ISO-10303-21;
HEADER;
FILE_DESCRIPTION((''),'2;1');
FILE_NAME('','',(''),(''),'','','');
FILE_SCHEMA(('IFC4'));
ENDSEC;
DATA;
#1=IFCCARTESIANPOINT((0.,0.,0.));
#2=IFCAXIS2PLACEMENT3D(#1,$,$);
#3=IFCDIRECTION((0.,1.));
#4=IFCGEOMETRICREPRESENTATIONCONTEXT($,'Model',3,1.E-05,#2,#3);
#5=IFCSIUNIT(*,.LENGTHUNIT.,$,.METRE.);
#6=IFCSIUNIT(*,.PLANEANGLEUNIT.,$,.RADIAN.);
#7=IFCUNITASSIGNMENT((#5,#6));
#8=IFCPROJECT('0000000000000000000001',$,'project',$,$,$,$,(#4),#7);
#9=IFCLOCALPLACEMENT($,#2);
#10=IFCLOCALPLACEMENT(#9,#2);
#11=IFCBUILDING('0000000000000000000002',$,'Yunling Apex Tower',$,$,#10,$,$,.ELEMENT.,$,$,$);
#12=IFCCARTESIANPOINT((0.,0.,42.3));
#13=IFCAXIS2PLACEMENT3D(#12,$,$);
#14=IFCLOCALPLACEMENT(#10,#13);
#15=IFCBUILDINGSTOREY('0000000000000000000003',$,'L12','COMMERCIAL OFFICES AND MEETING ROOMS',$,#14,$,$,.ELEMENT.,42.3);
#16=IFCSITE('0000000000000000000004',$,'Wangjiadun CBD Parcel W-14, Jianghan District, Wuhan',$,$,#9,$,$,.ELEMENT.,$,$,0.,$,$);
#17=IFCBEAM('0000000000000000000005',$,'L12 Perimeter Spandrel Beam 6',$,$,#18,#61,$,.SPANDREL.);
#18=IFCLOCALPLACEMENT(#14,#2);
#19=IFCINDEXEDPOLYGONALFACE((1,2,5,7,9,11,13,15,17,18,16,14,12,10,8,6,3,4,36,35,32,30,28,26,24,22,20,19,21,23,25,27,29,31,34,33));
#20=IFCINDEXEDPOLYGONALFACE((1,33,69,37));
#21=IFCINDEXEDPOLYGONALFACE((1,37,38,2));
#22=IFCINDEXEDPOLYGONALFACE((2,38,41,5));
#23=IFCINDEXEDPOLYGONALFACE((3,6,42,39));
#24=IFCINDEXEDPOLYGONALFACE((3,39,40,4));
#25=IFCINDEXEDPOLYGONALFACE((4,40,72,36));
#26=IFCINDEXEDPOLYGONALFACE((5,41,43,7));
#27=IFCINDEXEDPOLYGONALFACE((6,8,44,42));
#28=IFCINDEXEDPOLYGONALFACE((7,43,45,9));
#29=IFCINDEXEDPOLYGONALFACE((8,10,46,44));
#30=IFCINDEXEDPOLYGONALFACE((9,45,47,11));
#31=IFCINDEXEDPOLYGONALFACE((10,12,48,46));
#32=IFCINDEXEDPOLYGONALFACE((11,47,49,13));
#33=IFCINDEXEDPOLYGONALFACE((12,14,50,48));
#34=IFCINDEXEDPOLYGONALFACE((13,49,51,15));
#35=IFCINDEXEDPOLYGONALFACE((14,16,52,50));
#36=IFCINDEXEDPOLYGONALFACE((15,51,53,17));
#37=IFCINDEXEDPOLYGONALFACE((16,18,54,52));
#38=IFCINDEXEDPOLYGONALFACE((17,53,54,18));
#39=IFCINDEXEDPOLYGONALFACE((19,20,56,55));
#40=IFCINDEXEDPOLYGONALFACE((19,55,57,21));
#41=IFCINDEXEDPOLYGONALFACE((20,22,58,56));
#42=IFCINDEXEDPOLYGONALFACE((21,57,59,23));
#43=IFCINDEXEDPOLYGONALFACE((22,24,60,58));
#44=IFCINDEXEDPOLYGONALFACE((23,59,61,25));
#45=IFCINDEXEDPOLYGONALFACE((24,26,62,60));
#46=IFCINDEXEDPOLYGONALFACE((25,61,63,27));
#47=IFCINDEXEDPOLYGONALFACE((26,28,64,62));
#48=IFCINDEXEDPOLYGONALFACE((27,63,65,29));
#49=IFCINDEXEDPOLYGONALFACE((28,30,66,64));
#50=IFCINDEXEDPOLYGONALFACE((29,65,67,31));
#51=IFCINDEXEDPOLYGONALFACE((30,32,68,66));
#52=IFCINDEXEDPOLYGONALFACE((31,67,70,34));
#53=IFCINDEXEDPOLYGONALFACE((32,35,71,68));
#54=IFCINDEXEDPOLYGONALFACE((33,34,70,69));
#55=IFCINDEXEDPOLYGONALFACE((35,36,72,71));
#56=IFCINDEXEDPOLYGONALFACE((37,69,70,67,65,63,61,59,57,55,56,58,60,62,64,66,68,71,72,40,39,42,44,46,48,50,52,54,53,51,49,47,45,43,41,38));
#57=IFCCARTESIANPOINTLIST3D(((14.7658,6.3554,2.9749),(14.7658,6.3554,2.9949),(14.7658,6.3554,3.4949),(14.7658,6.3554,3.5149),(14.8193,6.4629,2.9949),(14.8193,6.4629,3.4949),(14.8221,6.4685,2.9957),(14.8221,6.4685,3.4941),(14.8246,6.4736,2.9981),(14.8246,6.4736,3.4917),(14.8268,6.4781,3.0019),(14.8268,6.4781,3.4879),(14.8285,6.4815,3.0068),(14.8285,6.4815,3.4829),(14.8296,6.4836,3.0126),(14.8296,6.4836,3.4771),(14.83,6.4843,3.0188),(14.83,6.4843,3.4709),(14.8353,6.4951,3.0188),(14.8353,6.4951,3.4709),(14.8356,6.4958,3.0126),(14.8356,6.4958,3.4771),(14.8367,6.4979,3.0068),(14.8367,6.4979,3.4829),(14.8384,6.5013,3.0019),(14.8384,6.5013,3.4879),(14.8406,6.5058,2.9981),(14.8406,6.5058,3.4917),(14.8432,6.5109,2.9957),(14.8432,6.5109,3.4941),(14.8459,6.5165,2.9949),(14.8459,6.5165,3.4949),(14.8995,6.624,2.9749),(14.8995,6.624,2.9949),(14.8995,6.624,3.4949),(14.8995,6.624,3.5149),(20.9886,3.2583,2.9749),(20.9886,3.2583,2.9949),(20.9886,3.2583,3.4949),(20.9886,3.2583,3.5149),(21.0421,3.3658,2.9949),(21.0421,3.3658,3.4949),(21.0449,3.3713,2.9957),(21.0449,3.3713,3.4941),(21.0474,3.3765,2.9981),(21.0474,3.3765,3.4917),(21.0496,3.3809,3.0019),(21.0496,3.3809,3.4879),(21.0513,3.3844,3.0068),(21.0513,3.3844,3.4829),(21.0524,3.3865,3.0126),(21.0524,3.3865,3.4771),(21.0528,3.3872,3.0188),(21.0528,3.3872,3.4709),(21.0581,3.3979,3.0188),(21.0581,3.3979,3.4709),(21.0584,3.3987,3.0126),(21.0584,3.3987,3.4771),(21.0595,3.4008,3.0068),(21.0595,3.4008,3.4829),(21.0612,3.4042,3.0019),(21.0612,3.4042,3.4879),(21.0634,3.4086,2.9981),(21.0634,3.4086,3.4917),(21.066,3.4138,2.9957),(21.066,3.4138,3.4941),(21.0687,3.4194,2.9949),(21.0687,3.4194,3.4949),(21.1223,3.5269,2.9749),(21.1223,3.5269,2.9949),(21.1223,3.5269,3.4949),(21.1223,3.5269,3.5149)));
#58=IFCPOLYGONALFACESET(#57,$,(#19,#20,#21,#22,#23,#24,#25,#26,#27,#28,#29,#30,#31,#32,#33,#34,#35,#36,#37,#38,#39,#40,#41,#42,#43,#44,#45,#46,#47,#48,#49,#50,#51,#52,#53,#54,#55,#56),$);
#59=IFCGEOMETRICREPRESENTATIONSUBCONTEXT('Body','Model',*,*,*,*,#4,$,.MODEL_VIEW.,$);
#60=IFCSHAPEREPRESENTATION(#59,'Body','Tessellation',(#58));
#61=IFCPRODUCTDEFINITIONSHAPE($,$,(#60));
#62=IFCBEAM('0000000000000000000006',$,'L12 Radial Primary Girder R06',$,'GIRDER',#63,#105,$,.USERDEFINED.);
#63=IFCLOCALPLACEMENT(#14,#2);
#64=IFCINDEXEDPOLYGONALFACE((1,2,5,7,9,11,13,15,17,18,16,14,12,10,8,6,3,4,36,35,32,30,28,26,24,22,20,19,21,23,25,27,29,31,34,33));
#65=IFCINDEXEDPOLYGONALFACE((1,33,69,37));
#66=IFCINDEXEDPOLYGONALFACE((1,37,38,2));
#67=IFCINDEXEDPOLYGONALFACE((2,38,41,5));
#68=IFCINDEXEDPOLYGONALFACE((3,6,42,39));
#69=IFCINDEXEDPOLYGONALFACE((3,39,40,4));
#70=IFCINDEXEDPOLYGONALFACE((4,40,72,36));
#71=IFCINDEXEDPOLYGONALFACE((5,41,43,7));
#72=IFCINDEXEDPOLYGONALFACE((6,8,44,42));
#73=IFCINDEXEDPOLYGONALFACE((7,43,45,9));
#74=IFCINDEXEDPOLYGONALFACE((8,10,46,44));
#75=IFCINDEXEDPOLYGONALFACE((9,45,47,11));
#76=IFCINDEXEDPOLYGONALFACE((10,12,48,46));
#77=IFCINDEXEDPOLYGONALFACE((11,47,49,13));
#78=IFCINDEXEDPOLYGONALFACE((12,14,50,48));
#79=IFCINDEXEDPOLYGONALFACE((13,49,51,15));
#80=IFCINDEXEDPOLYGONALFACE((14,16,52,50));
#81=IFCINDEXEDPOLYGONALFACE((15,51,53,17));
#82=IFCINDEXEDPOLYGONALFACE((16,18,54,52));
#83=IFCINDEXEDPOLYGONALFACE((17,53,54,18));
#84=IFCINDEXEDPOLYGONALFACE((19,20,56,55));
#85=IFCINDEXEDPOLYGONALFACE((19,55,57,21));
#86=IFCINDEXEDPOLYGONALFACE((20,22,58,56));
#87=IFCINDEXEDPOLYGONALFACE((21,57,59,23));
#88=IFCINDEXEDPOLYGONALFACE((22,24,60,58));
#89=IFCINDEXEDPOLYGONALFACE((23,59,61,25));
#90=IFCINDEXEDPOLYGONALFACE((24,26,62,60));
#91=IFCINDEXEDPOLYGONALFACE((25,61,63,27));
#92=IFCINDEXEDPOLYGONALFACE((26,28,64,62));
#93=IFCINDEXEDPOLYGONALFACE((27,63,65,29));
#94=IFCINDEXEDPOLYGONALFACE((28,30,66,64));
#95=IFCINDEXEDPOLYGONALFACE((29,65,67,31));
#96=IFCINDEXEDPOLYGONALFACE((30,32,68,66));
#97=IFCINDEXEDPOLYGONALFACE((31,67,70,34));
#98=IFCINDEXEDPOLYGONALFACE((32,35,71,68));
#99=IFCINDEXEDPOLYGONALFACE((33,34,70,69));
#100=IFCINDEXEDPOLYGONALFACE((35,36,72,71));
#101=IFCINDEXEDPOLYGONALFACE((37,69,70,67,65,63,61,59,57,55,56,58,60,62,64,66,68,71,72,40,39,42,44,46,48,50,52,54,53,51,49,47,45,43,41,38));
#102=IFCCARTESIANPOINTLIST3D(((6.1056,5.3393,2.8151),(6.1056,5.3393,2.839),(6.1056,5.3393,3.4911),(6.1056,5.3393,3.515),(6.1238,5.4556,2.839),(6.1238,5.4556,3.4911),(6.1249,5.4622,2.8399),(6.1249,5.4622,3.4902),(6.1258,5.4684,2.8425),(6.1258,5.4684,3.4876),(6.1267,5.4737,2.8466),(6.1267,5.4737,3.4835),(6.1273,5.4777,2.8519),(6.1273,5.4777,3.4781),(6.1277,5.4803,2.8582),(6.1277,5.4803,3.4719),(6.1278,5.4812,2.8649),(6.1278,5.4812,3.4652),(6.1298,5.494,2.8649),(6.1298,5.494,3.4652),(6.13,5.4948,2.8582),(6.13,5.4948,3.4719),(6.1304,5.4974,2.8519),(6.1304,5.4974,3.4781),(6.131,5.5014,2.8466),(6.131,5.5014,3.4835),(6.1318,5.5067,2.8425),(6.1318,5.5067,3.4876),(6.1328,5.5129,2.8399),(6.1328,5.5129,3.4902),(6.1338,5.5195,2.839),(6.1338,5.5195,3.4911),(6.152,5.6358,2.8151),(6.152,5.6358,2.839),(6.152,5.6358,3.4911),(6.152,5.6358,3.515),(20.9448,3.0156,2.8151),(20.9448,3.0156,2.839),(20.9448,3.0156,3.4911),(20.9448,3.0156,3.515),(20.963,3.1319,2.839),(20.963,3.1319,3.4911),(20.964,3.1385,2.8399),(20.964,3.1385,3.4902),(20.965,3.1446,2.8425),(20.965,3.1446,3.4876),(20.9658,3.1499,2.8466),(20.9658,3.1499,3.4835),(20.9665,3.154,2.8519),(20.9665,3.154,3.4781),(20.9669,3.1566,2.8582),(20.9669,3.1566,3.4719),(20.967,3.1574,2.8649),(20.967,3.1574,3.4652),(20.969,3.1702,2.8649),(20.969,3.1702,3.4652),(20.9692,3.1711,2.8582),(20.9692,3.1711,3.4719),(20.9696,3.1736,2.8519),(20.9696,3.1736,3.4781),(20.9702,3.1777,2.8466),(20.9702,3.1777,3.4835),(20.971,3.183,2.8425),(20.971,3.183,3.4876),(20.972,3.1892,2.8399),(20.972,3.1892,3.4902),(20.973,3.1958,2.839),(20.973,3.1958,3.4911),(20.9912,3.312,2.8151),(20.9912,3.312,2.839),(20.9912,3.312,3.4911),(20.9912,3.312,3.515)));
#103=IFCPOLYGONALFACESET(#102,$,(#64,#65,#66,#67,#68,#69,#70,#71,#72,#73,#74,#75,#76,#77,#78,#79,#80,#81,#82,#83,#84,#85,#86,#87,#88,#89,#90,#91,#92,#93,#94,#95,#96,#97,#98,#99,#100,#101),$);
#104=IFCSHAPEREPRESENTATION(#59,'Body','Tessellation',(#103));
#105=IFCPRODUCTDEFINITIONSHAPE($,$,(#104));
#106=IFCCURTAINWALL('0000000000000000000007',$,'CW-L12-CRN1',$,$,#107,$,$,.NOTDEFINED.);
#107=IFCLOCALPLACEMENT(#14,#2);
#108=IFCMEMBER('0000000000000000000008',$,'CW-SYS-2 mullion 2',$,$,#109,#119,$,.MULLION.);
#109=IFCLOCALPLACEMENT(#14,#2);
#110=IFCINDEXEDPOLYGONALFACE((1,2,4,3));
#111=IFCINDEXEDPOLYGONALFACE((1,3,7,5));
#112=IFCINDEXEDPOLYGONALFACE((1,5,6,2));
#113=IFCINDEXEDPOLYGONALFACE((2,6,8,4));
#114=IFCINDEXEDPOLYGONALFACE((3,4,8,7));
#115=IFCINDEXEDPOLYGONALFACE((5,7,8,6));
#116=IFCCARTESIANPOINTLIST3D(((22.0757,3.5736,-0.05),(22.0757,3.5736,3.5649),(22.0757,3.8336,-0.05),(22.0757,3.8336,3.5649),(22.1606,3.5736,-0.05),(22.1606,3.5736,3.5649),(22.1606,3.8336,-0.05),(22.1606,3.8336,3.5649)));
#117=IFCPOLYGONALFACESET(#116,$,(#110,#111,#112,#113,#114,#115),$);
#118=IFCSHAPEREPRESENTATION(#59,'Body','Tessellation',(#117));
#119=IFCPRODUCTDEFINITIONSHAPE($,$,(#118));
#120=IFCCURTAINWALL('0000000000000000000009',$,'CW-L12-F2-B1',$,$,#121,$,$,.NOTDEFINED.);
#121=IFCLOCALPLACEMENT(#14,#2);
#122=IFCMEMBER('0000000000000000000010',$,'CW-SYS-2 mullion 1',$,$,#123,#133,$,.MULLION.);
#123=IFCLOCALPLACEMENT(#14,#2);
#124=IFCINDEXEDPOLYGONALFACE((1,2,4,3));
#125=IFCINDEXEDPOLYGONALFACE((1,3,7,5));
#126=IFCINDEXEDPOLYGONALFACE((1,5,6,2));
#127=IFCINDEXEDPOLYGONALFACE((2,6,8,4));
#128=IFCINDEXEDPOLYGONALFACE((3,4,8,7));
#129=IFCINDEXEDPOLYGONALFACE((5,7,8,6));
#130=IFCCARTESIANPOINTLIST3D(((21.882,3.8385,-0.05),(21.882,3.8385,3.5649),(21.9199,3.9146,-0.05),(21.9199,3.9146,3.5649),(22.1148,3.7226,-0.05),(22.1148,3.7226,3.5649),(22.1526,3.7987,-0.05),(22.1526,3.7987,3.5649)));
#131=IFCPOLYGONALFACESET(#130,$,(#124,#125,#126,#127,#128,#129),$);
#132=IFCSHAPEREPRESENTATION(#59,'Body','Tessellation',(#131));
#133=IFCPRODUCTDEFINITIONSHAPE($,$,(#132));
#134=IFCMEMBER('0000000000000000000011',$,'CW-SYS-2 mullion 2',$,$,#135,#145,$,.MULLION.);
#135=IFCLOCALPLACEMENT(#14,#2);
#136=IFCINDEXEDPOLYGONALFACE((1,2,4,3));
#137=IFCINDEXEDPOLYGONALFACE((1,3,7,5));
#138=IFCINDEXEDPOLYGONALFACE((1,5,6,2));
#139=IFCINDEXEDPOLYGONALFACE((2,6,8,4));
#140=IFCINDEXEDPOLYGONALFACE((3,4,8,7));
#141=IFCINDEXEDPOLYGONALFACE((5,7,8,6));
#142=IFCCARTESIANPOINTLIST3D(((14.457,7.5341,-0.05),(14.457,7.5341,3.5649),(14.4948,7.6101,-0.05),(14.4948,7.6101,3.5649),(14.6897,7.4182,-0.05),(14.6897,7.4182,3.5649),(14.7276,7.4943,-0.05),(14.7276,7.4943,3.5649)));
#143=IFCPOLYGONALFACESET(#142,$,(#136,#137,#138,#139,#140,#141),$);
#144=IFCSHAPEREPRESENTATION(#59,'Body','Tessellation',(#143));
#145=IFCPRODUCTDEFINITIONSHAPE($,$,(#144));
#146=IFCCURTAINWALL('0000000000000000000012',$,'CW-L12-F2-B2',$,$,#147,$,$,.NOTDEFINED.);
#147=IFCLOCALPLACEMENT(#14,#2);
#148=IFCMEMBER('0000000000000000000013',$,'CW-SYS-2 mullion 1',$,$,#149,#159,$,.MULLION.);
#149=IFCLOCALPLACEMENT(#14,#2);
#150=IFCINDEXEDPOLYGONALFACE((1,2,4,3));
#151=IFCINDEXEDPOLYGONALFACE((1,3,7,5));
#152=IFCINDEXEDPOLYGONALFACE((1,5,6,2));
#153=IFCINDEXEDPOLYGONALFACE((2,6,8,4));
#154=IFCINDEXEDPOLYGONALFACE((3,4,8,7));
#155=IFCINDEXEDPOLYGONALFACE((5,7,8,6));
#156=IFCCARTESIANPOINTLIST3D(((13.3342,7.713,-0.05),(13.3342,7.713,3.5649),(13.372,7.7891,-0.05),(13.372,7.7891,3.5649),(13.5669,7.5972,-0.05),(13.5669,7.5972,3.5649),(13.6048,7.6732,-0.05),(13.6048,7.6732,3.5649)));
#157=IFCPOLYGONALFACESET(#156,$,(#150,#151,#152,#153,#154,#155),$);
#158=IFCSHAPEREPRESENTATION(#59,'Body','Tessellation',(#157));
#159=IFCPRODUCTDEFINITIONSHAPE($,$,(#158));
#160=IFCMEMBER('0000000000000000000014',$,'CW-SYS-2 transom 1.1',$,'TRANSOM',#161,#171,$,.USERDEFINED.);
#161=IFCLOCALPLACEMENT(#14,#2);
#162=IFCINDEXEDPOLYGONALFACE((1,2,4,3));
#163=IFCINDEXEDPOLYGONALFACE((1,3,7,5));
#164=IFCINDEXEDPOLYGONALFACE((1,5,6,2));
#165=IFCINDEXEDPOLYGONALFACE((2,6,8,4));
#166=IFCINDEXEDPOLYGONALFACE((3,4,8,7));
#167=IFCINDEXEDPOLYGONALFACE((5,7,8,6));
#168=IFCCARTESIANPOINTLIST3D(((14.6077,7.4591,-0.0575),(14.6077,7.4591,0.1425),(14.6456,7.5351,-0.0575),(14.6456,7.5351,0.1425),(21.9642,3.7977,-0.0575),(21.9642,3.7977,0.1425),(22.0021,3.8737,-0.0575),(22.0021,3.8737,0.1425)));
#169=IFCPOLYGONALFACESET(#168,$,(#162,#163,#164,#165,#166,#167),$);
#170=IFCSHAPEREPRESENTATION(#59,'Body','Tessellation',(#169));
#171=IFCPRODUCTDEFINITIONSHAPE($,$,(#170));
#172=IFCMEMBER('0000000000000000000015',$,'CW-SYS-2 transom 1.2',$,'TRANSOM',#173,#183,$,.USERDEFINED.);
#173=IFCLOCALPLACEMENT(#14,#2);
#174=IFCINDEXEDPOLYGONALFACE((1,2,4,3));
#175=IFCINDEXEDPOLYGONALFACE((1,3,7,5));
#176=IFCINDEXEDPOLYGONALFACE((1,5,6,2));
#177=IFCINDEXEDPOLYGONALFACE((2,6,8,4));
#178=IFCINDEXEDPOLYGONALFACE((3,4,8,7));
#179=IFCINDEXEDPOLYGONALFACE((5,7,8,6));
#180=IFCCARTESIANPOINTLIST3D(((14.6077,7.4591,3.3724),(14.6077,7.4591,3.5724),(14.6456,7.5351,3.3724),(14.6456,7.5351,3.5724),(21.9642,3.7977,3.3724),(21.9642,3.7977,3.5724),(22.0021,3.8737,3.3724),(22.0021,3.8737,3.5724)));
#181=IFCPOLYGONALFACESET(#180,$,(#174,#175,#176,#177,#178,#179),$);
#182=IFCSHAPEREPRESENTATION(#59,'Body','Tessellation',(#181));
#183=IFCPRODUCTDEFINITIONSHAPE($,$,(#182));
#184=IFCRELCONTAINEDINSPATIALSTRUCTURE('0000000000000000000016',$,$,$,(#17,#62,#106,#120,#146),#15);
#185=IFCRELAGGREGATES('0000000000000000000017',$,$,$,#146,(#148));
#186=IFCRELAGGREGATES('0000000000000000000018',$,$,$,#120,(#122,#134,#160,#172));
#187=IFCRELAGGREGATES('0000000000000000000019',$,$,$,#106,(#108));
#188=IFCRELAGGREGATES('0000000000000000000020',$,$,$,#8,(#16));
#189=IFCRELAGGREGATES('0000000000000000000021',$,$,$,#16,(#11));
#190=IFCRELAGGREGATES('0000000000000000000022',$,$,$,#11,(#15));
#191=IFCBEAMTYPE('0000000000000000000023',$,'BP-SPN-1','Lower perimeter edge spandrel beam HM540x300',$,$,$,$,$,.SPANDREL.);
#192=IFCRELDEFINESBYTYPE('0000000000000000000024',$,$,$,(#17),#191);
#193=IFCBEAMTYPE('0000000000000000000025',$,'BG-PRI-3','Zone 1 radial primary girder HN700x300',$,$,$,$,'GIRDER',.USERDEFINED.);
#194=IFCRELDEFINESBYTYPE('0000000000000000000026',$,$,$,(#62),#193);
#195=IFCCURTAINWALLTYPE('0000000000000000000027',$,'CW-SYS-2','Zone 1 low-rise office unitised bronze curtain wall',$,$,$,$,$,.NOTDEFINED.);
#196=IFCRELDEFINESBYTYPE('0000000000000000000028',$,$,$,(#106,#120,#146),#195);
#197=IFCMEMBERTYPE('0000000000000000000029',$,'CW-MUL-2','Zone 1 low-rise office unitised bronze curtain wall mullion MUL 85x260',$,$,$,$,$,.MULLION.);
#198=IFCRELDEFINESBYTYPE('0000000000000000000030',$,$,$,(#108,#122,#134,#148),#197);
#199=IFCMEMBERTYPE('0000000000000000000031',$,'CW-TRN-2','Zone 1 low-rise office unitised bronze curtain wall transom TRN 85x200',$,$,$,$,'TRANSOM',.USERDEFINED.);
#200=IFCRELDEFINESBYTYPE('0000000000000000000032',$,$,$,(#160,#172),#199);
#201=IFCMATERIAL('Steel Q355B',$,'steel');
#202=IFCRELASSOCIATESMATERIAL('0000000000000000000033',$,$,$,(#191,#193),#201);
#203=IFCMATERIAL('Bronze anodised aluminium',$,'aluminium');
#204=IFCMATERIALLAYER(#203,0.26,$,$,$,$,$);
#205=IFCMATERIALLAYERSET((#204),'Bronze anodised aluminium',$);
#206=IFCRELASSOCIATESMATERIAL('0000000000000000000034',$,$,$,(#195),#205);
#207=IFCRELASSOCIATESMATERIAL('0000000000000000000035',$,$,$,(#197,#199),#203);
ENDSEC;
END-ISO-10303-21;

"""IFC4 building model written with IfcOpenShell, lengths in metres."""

from ifc_helpers import new_model, si_unit, direction, frame, origin, origin_2d, place, context, subcontext, project, spatial, rectangle, i_section, extrude, source, transform, mapped, material, layer, layer_set, material_profile, profile_set, type_object, element, aggregate, save


model = new_model("IFC4")

# Units and contexts
model_context = context("Model", 3, precision=1e-05, world=origin(), true_north=direction((0.0, 1.0)))
body_context = subcontext(model_context, "Body", "Model", "MODEL_VIEW")
ifc_project = project(units=[si_unit("LENGTHUNIT", "METRE"), si_unit("PLANEANGLEUNIT", "RADIAN")], contexts=[model_context])

# Site, building, storey
site_placement = place(None, origin())
site = spatial("IfcSite", under=ifc_project, at=site_placement, Name="Wangjiadun CBD Parcel W-14, Jianghan District, Wuhan", CompositionType="ELEMENT", RefElevation=0.0)
building_placement = place(site_placement, origin())
building = spatial("IfcBuilding", under=site, at=building_placement, Name="Yunling Apex Tower", CompositionType="ELEMENT")
storey_placement = place(building_placement, frame((0.0, 0.0, 42.3)))
storey = spatial("IfcBuildingStorey", under=building, at=storey_placement, Name="L12", Description="COMMERCIAL OFFICES AND MEETING ROOMS", CompositionType="ELEMENT", Elevation=42.3)

# Beams
ifc_material_1 = material(Name="Steel Q355B", Category="steel")
ifc_material_profile_1 = material_profile(ifc_material_1, i_section(OverallWidth=0.3, OverallDepth=0.54, WebThickness=0.012, FlangeThickness=0.02, FilletRadius=0.0239, at=origin_2d()))
ifc_profile_set_1 = profile_set([ifc_material_profile_1], Name="Steel Q355B")
beam_type_1 = type_object("IfcBeamType", Name="BP-SPN-1", Description="Lower perimeter edge spandrel beam HM540x300", PredefinedType="SPANDREL", material=ifc_profile_set_1)
shared_shape_1 = source(origin(), body_context, "Body", "SweptSolid", [
    extrude(i_section(OverallWidth=0.3, OverallDepth=0.54, WebThickness=0.012, FlangeThickness=0.02, FilletRadius=0.0239, at=origin_2d()), origin(), (0.0, 0.0, 1.0), 6.9509),
])
beam_1_placement = place(storey_placement, frame((21.0554, 3.3926, 3.2449), z_axis=(-0.895248, 0.445569, 0.0), x_axis=(-0.445569, -0.895248, 0.0)))
element("IfcBeam", 1, at=beam_1_placement, inside=storey, type_object=beam_type_1, Name="L12 Perimeter Spandrel Beam 6", PredefinedType="SPANDREL", context=body_context, shape_type="MappedRepresentation", body=[
    mapped(shared_shape_1, transform((0.0, 0.0, 0.0), scale=1.0)),
])
ifc_material_profile_2 = material_profile(ifc_material_1, i_section(OverallWidth=0.3, OverallDepth=0.7, WebThickness=0.0129, FlangeThickness=0.0239, FilletRadius=0.0259, at=origin_2d()))
ifc_profile_set_2 = profile_set([ifc_material_profile_2], Name="Steel Q355B")
beam_type_2 = type_object("IfcBeamType", Name="BG-PRI-3", Description="Zone 1 radial primary girder HN700x300", ElementType="GIRDER", PredefinedType="USERDEFINED", material=ifc_profile_set_2)
shared_shape_2 = source(origin(), body_context, "Body", "SweptSolid", [
    extrude(i_section(OverallWidth=0.3, OverallDepth=0.7, WebThickness=0.0129, FlangeThickness=0.0239, FilletRadius=0.0259, at=origin_2d()), origin(), (0.0, 0.0, 1.0), 15.02),
])
beam_2_placement = place(storey_placement, frame((20.968, 3.1638, 3.165), z_axis=(-0.98796, 0.15471, 0.0), x_axis=(-0.15471, -0.98796, 0.0)))
element("IfcBeam", 2, at=beam_2_placement, inside=storey, type_object=beam_type_2, Name="L12 Radial Primary Girder R06", ObjectType="GIRDER", PredefinedType="USERDEFINED", context=body_context, shape_type="MappedRepresentation", body=[
    mapped(shared_shape_2, transform((0.0, 0.0, 0.0), scale=1.0)),
])

# Curtain wall, member
ifc_material_2 = material(Name="Bronze anodised aluminium", Category="aluminium")
ifc_layer_1 = layer(ifc_material_2, 0.26)
ifc_layer_set_1 = layer_set([ifc_layer_1], Name="Bronze anodised aluminium")
curtain_wall_type = type_object("IfcCurtainWallType", Name="CW-SYS-2", Description="Zone 1 low-rise office unitised bronze curtain wall", PredefinedType="NOTDEFINED", material=ifc_layer_set_1)
curtain_wall_1_placement = place(storey_placement, origin())
curtain_wall_1 = element("IfcCurtainWall", 3, at=curtain_wall_1_placement, inside=storey, type_object=curtain_wall_type, Name="CW-L12-CRN1", PredefinedType="NOTDEFINED")
ifc_material_profile_3 = material_profile(ifc_material_2, rectangle(XDim=0.085, YDim=0.26, at=origin_2d()))
ifc_profile_set_3 = profile_set([ifc_material_profile_3], Name="Bronze anodised aluminium")
member_type_1 = type_object("IfcMemberType", Name="CW-MUL-2", Description="Zone 1 low-rise office unitised bronze curtain wall mullion MUL 85x260", PredefinedType="MULLION", material=ifc_profile_set_3)
shared_shape_3 = source(origin(), body_context, "Body", "SweptSolid", [
    extrude(rectangle(XDim=0.085, YDim=0.26, at=origin_2d()), origin(), (0.0, 0.0, 1.0), 3.615),
])
member_1_placement = place(storey_placement, frame((22.1182, 3.7036, -0.05), z_axis=(0.0, 0.0, 1.0), x_axis=(-1.0, 0.0, 0.0)))
member_1 = element("IfcMember", 4, at=member_1_placement, type_object=member_type_1, Name="CW-SYS-2 mullion 2", PredefinedType="MULLION", context=body_context, shape_type="MappedRepresentation", body=[
    mapped(shared_shape_3, transform((0.0, 0.0, 0.0), scale=1.0)),
])

# Curtain wall, members
curtain_wall_2_placement = place(storey_placement, origin())
curtain_wall_2 = element("IfcCurtainWall", 5, at=curtain_wall_2_placement, inside=storey, type_object=curtain_wall_type, Name="CW-L12-F2-B1", PredefinedType="NOTDEFINED")
member_2_placement = place(storey_placement, frame((22.0173, 3.8186, -0.05), z_axis=(0.0, 0.0, 1.0), x_axis=(-0.44558, -0.895242, 0.0)))
member_2 = element("IfcMember", 6, at=member_2_placement, type_object=member_type_1, Name="CW-SYS-2 mullion 1", PredefinedType="MULLION", context=body_context, shape_type="MappedRepresentation", body=[
    mapped(shared_shape_3, transform((0.0, 0.0, 0.0), scale=1.0)),
])
member_3_placement = place(storey_placement, frame((14.5923, 7.5142, -0.05), z_axis=(0.0, 0.0, 1.0), x_axis=(-0.44558, -0.895242, 0.0)))
member_3 = element("IfcMember", 7, at=member_3_placement, type_object=member_type_1, Name="CW-SYS-2 mullion 2", PredefinedType="MULLION", context=body_context, shape_type="MappedRepresentation", body=[
    mapped(shared_shape_3, transform((0.0, 0.0, 0.0), scale=1.0)),
])

# Curtain wall, member
curtain_wall_3_placement = place(storey_placement, origin())
curtain_wall_3 = element("IfcCurtainWall", 8, at=curtain_wall_3_placement, inside=storey, type_object=curtain_wall_type, Name="CW-L12-F2-B2", PredefinedType="NOTDEFINED")
member_4_placement = place(storey_placement, frame((13.4695, 7.6931, -0.05), z_axis=(0.0, 0.0, 1.0), x_axis=(-0.445577, -0.895244, 0.0)))
member_4 = element("IfcMember", 9, at=member_4_placement, type_object=member_type_1, Name="CW-SYS-2 mullion 1", PredefinedType="MULLION", context=body_context, shape_type="MappedRepresentation", body=[
    mapped(shared_shape_3, transform((0.0, 0.0, 0.0), scale=1.0)),
])

# Members
ifc_material_profile_4 = material_profile(ifc_material_2, rectangle(XDim=0.085, YDim=0.2, at=origin_2d()))
ifc_profile_set_4 = profile_set([ifc_material_profile_4], Name="Bronze anodised aluminium")
member_type_2 = type_object("IfcMemberType", Name="CW-TRN-2", Description="Zone 1 low-rise office unitised bronze curtain wall transom TRN 85x200", ElementType="TRANSOM", PredefinedType="USERDEFINED", material=ifc_profile_set_4)
shared_shape_4 = source(origin(), body_context, "Body", "SweptSolid", [
    extrude(rectangle(XDim=0.085, YDim=0.2, at=origin_2d()), origin(), (0.0, 0.0, 1.0), 8.2173),
])
member_5_placement = place(storey_placement, frame((21.9832, 3.8357, 0.0425), z_axis=(-0.895246, 0.445573, 0.0), x_axis=(-0.445573, -0.895246, 0.0)))
member_5 = element("IfcMember", 10, at=member_5_placement, type_object=member_type_2, Name="CW-SYS-2 transom 1.1", ObjectType="TRANSOM", PredefinedType="USERDEFINED", context=body_context, shape_type="MappedRepresentation", body=[
    mapped(shared_shape_4, transform((0.0, 0.0, 0.0), scale=1.0)),
])
member_6_placement = place(storey_placement, frame((21.9832, 3.8357, 3.4724), z_axis=(-0.895246, 0.445573, 0.0), x_axis=(-0.445573, -0.895246, 0.0)))
member_6 = element("IfcMember", 11, at=member_6_placement, type_object=member_type_2, Name="CW-SYS-2 transom 1.2", ObjectType="TRANSOM", PredefinedType="USERDEFINED", context=body_context, shape_type="MappedRepresentation", body=[
    mapped(shared_shape_4, transform((0.0, 0.0, 0.0), scale=1.0)),
])
aggregate(curtain_wall_3, [member_4])

aggregate(curtain_wall_2, [member_2, member_3, member_5, member_6])
aggregate(curtain_wall_1, [member_1])

save(model, "model.ifc")
